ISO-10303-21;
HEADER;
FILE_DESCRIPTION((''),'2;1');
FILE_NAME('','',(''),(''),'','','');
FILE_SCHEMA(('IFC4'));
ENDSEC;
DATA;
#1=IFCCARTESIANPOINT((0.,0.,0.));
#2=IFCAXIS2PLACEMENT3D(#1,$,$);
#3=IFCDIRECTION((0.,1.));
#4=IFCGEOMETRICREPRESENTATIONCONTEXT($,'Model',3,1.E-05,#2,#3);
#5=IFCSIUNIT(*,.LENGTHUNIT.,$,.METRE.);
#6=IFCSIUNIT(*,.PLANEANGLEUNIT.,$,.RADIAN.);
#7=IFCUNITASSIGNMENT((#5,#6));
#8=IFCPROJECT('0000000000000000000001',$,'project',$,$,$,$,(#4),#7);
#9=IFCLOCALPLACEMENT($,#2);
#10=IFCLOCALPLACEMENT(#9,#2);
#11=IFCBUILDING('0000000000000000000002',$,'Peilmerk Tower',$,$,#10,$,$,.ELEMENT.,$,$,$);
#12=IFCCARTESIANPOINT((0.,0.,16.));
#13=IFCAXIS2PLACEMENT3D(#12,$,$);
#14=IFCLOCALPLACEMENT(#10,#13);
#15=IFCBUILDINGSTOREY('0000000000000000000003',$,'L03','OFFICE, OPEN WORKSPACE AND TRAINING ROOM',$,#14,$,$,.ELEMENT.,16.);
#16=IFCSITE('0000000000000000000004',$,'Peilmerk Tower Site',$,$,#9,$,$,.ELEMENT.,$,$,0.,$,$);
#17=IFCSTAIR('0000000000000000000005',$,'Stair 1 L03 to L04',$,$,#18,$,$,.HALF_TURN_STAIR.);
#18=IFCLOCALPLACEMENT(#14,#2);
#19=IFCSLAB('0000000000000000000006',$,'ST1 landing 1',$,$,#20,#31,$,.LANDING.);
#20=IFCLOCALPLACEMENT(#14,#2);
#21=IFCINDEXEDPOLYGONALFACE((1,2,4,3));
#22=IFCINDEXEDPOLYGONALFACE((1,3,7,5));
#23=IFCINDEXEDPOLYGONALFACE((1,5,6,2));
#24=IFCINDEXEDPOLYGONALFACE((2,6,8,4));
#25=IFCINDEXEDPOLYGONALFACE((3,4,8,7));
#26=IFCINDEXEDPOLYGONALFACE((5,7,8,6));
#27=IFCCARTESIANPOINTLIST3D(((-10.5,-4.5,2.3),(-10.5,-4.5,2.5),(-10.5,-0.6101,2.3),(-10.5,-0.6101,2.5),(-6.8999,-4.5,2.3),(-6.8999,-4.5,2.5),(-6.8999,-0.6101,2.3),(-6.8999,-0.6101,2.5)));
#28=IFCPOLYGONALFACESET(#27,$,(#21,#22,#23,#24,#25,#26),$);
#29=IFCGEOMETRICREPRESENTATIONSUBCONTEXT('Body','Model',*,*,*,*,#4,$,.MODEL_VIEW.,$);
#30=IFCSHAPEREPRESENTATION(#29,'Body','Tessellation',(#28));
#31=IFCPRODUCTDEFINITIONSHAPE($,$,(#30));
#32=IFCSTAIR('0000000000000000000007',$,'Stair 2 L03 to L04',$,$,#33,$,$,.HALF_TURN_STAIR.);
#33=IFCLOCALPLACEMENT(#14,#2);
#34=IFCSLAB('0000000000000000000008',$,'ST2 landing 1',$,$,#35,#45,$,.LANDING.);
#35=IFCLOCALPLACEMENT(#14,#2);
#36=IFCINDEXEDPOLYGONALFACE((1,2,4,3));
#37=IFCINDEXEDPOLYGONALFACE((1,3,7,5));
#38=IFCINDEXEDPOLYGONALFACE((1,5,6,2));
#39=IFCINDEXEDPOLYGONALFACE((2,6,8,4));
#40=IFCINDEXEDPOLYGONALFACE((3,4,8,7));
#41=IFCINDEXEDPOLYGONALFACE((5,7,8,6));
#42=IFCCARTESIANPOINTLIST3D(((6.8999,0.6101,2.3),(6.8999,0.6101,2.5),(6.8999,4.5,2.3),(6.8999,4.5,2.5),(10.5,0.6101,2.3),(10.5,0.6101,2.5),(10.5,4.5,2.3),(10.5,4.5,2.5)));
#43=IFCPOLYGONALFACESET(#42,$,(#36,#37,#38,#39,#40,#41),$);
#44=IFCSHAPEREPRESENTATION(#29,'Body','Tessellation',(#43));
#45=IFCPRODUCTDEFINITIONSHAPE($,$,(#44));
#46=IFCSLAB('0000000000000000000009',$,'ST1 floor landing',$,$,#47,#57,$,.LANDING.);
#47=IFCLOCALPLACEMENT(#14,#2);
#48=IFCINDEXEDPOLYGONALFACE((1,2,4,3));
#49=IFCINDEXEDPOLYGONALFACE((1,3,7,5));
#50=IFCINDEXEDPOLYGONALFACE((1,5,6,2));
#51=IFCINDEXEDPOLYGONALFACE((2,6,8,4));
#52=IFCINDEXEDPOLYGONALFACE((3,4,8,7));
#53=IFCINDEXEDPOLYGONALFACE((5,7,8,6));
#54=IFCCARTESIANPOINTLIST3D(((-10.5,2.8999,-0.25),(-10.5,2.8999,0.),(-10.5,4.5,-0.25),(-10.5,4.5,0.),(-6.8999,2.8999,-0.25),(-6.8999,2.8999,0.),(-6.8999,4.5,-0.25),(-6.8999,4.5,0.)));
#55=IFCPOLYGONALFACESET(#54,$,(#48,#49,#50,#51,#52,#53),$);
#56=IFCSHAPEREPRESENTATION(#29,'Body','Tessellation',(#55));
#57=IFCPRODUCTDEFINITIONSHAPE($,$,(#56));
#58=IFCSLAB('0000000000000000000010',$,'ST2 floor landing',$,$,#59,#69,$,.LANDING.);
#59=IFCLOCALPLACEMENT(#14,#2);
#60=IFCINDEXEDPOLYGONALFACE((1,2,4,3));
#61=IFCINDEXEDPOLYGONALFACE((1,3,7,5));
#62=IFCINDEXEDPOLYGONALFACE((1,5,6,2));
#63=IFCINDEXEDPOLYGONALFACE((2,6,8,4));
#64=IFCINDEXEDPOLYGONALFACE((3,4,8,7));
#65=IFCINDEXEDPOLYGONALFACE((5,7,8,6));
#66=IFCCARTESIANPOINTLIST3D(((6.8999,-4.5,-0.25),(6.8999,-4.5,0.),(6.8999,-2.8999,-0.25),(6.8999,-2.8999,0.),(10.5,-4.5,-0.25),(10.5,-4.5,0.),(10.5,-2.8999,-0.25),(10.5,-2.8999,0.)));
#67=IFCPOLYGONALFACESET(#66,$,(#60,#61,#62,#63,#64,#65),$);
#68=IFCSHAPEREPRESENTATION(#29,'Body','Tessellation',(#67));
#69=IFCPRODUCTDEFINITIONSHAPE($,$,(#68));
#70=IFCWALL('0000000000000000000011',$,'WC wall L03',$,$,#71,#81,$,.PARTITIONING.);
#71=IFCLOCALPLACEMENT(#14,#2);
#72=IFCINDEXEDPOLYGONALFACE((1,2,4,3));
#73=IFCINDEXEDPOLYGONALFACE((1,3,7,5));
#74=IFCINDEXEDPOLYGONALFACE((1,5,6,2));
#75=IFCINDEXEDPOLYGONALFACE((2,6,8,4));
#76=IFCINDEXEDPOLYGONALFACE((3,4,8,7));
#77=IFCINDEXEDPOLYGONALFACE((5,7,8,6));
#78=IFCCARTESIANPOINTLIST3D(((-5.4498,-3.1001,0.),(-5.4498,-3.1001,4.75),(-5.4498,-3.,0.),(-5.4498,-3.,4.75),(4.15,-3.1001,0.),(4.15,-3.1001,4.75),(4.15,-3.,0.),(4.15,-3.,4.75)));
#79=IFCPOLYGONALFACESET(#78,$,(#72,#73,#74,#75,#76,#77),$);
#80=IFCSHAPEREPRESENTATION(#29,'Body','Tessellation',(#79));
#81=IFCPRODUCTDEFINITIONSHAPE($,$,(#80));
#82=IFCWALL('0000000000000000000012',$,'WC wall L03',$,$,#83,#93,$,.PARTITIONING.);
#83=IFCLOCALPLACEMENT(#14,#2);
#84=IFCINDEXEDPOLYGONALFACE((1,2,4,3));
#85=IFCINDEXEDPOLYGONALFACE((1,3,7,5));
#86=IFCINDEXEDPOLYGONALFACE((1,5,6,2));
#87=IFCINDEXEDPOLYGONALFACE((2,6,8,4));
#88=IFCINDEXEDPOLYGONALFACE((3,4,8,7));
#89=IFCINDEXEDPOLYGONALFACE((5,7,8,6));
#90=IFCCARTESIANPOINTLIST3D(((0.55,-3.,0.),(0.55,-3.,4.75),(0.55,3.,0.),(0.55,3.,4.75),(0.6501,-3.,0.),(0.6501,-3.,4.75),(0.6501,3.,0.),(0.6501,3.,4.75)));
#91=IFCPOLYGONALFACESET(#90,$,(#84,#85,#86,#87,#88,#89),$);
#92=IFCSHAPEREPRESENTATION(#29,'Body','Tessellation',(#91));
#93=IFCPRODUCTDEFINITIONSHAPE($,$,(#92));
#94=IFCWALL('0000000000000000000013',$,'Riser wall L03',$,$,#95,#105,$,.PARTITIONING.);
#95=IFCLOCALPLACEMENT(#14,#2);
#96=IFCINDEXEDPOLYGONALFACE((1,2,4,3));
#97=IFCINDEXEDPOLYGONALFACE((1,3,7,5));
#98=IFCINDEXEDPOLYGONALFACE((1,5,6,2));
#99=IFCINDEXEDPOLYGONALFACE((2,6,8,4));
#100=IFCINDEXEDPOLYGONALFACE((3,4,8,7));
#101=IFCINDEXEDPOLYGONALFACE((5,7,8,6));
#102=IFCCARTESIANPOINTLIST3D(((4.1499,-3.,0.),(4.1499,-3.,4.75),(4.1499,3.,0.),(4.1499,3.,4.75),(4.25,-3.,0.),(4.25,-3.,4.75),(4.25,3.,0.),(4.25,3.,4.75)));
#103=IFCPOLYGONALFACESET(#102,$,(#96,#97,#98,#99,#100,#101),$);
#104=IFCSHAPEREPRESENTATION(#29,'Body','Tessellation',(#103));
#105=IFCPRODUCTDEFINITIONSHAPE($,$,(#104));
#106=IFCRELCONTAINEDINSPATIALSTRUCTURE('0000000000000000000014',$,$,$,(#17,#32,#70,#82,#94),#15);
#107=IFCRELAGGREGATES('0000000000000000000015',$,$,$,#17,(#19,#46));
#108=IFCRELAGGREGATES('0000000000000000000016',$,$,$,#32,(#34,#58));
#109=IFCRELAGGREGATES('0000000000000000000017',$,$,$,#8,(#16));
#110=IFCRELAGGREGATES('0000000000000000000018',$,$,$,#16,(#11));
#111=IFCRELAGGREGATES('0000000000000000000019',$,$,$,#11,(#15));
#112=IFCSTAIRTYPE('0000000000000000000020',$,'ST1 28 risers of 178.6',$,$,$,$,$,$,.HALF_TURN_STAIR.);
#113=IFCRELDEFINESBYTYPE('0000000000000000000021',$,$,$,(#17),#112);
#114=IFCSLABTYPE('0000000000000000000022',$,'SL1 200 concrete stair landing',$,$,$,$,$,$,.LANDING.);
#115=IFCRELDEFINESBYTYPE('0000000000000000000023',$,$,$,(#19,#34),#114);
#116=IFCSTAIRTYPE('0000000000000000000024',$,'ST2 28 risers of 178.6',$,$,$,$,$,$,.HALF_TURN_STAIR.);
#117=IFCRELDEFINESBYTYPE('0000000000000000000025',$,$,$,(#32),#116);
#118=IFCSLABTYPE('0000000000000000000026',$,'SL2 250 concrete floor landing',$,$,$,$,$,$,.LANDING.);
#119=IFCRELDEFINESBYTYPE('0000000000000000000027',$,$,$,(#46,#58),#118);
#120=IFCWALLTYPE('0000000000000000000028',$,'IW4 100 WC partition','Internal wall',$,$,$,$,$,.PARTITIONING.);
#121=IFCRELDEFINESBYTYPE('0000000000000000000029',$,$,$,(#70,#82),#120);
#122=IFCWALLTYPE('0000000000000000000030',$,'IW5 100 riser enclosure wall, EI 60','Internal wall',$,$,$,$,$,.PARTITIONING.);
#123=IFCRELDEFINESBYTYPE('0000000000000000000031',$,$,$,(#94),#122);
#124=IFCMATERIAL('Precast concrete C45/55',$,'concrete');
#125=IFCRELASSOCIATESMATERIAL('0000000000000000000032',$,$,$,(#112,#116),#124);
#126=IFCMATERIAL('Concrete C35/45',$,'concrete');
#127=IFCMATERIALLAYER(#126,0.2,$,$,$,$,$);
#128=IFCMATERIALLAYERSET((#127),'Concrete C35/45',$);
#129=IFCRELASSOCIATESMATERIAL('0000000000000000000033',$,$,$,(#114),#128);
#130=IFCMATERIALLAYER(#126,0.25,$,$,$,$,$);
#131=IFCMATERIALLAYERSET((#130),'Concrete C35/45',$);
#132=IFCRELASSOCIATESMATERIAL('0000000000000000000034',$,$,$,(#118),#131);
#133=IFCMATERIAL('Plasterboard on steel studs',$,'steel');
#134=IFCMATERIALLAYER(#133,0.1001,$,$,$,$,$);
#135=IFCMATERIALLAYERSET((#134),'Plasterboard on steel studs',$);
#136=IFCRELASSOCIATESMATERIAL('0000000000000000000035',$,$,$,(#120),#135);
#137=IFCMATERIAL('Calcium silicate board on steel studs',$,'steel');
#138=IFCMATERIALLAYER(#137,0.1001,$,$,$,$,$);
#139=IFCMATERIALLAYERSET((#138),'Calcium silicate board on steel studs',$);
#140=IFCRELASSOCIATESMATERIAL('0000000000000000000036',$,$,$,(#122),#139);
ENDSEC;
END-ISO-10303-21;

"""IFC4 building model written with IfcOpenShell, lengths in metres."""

from ifc_helpers import new_model, si_unit, direction, frame, frame_2d, origin, place, context, subcontext, project, spatial, polyline, rectangle, outline, extrude, material, layer, layer_set, type_object, element, aggregate, save


model = new_model("IFC4")

# Units and contexts
model_context = context("Model", 3, precision=1e-05, world=origin(), true_north=direction((0.0, 1.0)))
body_context = subcontext(model_context, "Body", "Model", "MODEL_VIEW")
ifc_project = project(units=[si_unit("LENGTHUNIT", "METRE"), si_unit("PLANEANGLEUNIT", "RADIAN")], contexts=[model_context])

# Site, building, storey
site_placement = place(None, origin())
site = spatial("IfcSite", under=ifc_project, at=site_placement, Name="Peilmerk Tower Site", CompositionType="ELEMENT", RefElevation=0.0)
building_placement = place(site_placement, origin())
building = spatial("IfcBuilding", under=site, at=building_placement, Name="Peilmerk Tower", CompositionType="ELEMENT")
storey_placement = place(building_placement, frame((0.0, 0.0, 16.0)))
storey = spatial("IfcBuildingStorey", under=building, at=storey_placement, Name="L03", Description="OFFICE, OPEN WORKSPACE AND TRAINING ROOM", CompositionType="ELEMENT", Elevation=16.0)

# Stairs, slabs
ifc_material_1 = material(Name="Precast concrete C45/55", Category="concrete")
stair_type_1 = type_object("IfcStairType", Name="ST1 28 risers of 178.6", PredefinedType="HALF_TURN_STAIR", material=ifc_material_1)
stair_1_placement = place(storey_placement, origin())
stair_1 = element("IfcStair", 1, at=stair_1_placement, inside=storey, type_object=stair_type_1, Name="Stair 1 L03 to L04", PredefinedType="HALF_TURN_STAIR")
ifc_material_2 = material(Name="Concrete C35/45", Category="concrete")
ifc_layer_1 = layer(ifc_material_2, 0.2)
ifc_layer_set_1 = layer_set([ifc_layer_1], Name="Concrete C35/45")
slab_type_1 = type_object("IfcSlabType", Name="SL1 200 concrete stair landing", PredefinedType="LANDING", material=ifc_layer_set_1)
slab_1_placement = place(storey_placement, frame((0.0, 0.0, 2.3)))
slab_1 = element("IfcSlab", 2, at=slab_1_placement, type_object=slab_type_1, Name="ST1 landing 1", PredefinedType="LANDING", context=body_context, shape_type="SweptSolid", body=[
    extrude(outline(polyline([(-10.5, -4.5), (-6.8999, -4.5), (-6.8999, -0.6101), (-10.5, -0.6101), (-10.5, -4.5)])), origin(), (0.0, 0.0, 1.0), 0.2),
])
stair_type_2 = type_object("IfcStairType", Name="ST2 28 risers of 178.6", PredefinedType="HALF_TURN_STAIR", material=ifc_material_1)
stair_2_placement = place(storey_placement, origin())
stair_2 = element("IfcStair", 3, at=stair_2_placement, inside=storey, type_object=stair_type_2, Name="Stair 2 L03 to L04", PredefinedType="HALF_TURN_STAIR")
slab_2_placement = place(storey_placement, frame((0.0, 0.0, 2.3)))
slab_2 = element("IfcSlab", 4, at=slab_2_placement, type_object=slab_type_1, Name="ST2 landing 1", PredefinedType="LANDING", context=body_context, shape_type="SweptSolid", body=[
    extrude(outline(polyline([(6.8999, 0.6101), (10.5, 0.6101), (10.5, 4.5), (6.8999, 4.5), (6.8999, 0.6101)])), origin(), (0.0, 0.0, 1.0), 0.2),
])

# Slabs
ifc_layer_2 = layer(ifc_material_2, 0.25)
ifc_layer_set_2 = layer_set([ifc_layer_2], Name="Concrete C35/45")
slab_type_2 = type_object("IfcSlabType", Name="SL2 250 concrete floor landing", PredefinedType="LANDING", material=ifc_layer_set_2)
slab_3_placement = place(storey_placement, frame((0.0, 0.0, -0.25)))
slab_3 = element("IfcSlab", 5, at=slab_3_placement, type_object=slab_type_2, Name="ST1 floor landing", PredefinedType="LANDING", context=body_context, shape_type="SweptSolid", body=[
    extrude(outline(polyline([(-10.5, 2.8999), (-6.8999, 2.8999), (-6.8999, 4.5), (-10.5, 4.5), (-10.5, 2.8999)])), origin(), (0.0, 0.0, 1.0), 0.25),
])
aggregate(stair_1, [slab_1, slab_3])
slab_4_placement = place(storey_placement, frame((0.0, 0.0, -0.25)))
slab_4 = element("IfcSlab", 6, at=slab_4_placement, type_object=slab_type_2, Name="ST2 floor landing", PredefinedType="LANDING", context=body_context, shape_type="SweptSolid", body=[
    extrude(outline(polyline([(6.8999, -4.5), (10.5, -4.5), (10.5, -2.8999), (6.8999, -2.8999), (6.8999, -4.5)])), origin(), (0.0, 0.0, 1.0), 0.25),
])
aggregate(stair_2, [slab_2, slab_4])

# Walls
ifc_material_3 = material(Name="Plasterboard on steel studs", Category="steel")
ifc_layer_3 = layer(ifc_material_3, 0.1001)
ifc_layer_set_3 = layer_set([ifc_layer_3], Name="Plasterboard on steel studs")
wall_type_1 = type_object("IfcWallType", Name="IW4 100 WC partition", Description="Internal wall", PredefinedType="PARTITIONING", material=ifc_layer_set_3)
wall_1_placement = place(storey_placement, frame((4.1499, -3.05, 0.0), z_axis=(0.0, 0.0, 1.0), x_axis=(-1.0, 0.0, 0.0)))
element("IfcWall", 7, at=wall_1_placement, inside=storey, type_object=wall_type_1, Name="WC wall L03", PredefinedType="PARTITIONING", context=body_context, shape_type="SweptSolid", body=[
    extrude(rectangle(XDim=9.5999, YDim=0.1001, at=frame_2d((4.7998, 0.0))), origin(), (0.0, 0.0, 1.0), 4.75),
])
wall_2_placement = place(storey_placement, frame((0.6001, -3.0, 0.0), z_axis=(0.0, 0.0, 1.0), x_axis=(0.0, 1.0, 0.0)))
element("IfcWall", 8, at=wall_2_placement, inside=storey, type_object=wall_type_1, Name="WC wall L03", PredefinedType="PARTITIONING", context=body_context, shape_type="SweptSolid", body=[
    extrude(rectangle(XDim=6.0, YDim=0.1001, at=frame_2d((3.0, 0.0))), origin(), (0.0, 0.0, 1.0), 4.75),
])
ifc_material_4 = material(Name="Calcium silicate board on steel studs", Category="steel")
ifc_layer_4 = layer(ifc_material_4, 0.1001)
ifc_layer_set_4 = layer_set([ifc_layer_4], Name="Calcium silicate board on steel studs")
wall_type_2 = type_object("IfcWallType", Name="IW5 100 riser enclosure wall, EI 60", Description="Internal wall", PredefinedType="PARTITIONING", material=ifc_layer_set_4)
wall_3_placement = place(storey_placement, frame((4.2, -3.0, 0.0), z_axis=(0.0, 0.0, 1.0), x_axis=(0.0, 1.0, 0.0)))
element("IfcWall", 9, at=wall_3_placement, inside=storey, type_object=wall_type_2, Name="Riser wall L03", PredefinedType="PARTITIONING", context=body_context, shape_type="SweptSolid", body=[
    extrude(rectangle(XDim=6.0, YDim=0.1001, at=frame_2d((3.0, 0.0))), origin(), (0.0, 0.0, 1.0), 4.75),
])

save(model, "model.ifc")
